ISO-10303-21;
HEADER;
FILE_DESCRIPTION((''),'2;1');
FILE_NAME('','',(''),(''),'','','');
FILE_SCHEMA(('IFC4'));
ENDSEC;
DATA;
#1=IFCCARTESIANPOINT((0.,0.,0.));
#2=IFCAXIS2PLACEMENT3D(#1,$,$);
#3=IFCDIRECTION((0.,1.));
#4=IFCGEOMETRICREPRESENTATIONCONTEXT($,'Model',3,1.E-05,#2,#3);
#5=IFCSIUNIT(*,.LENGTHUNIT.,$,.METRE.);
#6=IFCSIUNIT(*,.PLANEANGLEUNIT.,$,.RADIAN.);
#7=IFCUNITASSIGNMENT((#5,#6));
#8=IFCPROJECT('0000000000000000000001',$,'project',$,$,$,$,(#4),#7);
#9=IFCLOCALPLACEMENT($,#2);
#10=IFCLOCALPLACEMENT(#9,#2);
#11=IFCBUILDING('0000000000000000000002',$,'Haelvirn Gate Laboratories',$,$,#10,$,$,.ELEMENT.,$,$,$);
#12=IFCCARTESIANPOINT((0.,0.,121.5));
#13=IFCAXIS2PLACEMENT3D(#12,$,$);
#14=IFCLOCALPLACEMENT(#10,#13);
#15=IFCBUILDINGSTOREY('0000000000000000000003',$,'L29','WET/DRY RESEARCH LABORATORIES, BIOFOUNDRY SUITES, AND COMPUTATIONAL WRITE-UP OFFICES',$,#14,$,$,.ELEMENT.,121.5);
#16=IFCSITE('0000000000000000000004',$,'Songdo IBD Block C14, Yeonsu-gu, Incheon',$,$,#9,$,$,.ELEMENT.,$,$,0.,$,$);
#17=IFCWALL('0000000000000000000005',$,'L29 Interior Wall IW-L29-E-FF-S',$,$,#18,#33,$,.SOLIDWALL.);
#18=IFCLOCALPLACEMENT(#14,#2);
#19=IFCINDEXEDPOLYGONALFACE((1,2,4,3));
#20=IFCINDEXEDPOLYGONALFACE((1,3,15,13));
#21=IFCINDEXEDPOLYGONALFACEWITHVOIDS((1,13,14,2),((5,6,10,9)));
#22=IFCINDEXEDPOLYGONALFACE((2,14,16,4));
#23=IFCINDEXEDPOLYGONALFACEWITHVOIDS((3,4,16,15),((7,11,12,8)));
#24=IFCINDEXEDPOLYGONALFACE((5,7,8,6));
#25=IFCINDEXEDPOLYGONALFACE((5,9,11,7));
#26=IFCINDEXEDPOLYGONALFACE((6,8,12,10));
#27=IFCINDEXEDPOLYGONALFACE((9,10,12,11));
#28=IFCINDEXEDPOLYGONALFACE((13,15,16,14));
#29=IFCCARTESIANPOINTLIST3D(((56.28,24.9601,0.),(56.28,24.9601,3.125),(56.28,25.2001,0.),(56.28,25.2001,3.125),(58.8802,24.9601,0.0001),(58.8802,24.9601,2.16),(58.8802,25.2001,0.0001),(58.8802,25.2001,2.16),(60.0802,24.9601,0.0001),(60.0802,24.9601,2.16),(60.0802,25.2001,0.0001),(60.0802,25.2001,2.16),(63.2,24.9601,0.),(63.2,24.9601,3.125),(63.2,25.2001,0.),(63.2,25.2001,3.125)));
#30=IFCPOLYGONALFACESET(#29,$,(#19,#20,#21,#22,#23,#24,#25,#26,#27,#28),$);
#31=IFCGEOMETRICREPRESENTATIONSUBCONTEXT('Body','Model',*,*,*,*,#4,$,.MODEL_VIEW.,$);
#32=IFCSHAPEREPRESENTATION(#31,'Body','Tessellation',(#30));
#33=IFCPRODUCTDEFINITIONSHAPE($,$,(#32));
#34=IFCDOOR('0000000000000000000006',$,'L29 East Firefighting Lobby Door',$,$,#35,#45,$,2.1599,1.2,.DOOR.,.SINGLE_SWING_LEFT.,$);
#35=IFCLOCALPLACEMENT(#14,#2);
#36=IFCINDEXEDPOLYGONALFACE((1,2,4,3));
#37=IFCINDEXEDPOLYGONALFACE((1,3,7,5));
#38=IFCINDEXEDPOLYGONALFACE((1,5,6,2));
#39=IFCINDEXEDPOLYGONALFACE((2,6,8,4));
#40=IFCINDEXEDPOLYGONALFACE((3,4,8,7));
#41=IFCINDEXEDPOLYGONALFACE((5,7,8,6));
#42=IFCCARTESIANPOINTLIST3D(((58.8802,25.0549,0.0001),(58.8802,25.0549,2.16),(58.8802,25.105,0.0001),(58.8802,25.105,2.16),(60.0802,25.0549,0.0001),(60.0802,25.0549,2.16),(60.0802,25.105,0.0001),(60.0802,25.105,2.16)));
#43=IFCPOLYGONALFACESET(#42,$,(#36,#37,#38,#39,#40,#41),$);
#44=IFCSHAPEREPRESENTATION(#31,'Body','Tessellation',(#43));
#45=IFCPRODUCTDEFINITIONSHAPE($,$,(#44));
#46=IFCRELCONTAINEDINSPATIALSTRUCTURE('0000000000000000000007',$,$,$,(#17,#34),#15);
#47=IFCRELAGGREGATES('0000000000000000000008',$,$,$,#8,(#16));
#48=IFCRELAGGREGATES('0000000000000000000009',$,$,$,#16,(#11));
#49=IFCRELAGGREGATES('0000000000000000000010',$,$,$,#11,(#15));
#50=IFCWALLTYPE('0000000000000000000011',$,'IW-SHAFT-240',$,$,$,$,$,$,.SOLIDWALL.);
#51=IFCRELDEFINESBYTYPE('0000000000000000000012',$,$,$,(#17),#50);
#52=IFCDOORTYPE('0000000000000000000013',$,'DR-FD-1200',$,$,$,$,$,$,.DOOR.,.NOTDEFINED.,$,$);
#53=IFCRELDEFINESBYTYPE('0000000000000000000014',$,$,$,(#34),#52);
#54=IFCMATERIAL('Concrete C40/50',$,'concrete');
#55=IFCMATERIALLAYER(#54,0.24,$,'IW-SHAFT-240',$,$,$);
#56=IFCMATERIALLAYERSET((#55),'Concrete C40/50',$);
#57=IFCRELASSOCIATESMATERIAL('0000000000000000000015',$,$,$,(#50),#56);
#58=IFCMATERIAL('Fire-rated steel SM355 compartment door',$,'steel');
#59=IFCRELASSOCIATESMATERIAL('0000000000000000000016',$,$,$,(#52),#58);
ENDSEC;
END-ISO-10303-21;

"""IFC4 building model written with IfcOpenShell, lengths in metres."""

from ifc_helpers import new_model, si_unit, direction, frame, frame_2d, origin, place, context, subcontext, project, spatial, rectangle, extrude, source, transform, mapped, material, layer, layer_set, type_object, type_shapes, element, fill, save


model = new_model("IFC4")

# Units and contexts
model_context = context("Model", 3, precision=1e-05, world=origin(), true_north=direction((0.0, 1.0)))
body_context = subcontext(model_context, "Body", "Model", "MODEL_VIEW")
ifc_project = project(units=[si_unit("LENGTHUNIT", "METRE"), si_unit("PLANEANGLEUNIT", "RADIAN")], contexts=[model_context])

# Site, building, storey
site_placement = place(None, origin())
site = spatial("IfcSite", under=ifc_project, at=site_placement, Name="Songdo IBD Block C14, Yeonsu-gu, Incheon", CompositionType="ELEMENT", RefElevation=0.0)
building_placement = place(site_placement, origin())
building = spatial("IfcBuilding", under=site, at=building_placement, Name="Haelvirn Gate Laboratories", CompositionType="ELEMENT")
storey_placement = place(building_placement, frame((0.0, 0.0, 121.5)))
storey = spatial("IfcBuildingStorey", under=building, at=storey_placement, Name="L29", Description="WET/DRY RESEARCH LABORATORIES, BIOFOUNDRY SUITES, AND COMPUTATIONAL WRITE-UP OFFICES", CompositionType="ELEMENT", Elevation=121.5)

# Shared definitions
ifc_material_1 = material(Name="Concrete C40/50", Category="concrete")

# Wall, opening, door
ifc_layer_1 = layer(ifc_material_1, 0.24, Name="IW-SHAFT-240")
ifc_layer_set_1 = layer_set([ifc_layer_1], Name="Concrete C40/50")
wall_type_1 = type_object("IfcWallType", Name="IW-SHAFT-240", PredefinedType="SOLIDWALL", material=ifc_layer_set_1)
wall_1_placement = place(storey_placement, frame((56.28, 25.0801, 0.0), z_axis=(0.0, 0.0, 1.0), x_axis=(1.0, 0.0, 0.0)))
wall_1 = element("IfcWall", 1, at=wall_1_placement, inside=storey, type_object=wall_type_1, Name="L29 Interior Wall IW-L29-E-FF-S", PredefinedType="SOLIDWALL", context=body_context, shape_type="SweptSolid", body=[
    extrude(rectangle(XDim=6.9199, YDim=0.24, at=frame_2d((3.46, 0.0))), origin(), (0.0, 0.0, 1.0), 3.125),
])
opening_1_placement = place(wall_1_placement, frame((2.6001, 0.0, 0.0)))
opening_1 = element("IfcOpeningElement", 2, at=opening_1_placement, cuts=wall_1, PredefinedType="OPENING", context=body_context, shape_type="SweptSolid", body=[
    extrude(rectangle(XDim=1.2, YDim=2.1599, at=frame_2d((0.6001, 1.0801))), frame((0.0, 0.1299, 0.0), z_axis=(0.0, -1.0, 0.0), x_axis=(1.0, 0.0, 0.0)), (0.0, 0.0, 1.0), 0.26),
])
ifc_material_2 = material(Name="Fire-rated steel SM355 compartment door", Category="steel")
door_type_1 = type_object("IfcDoorType", Name="DR-FD-1200", OperationType="NOTDEFINED", PredefinedType="DOOR", material=ifc_material_2)
shared_shape_1 = source(origin(), body_context, "Body", "SweptSolid", [
    extrude(rectangle(XDim=1.2, YDim=2.1599, at=frame_2d((0.6001, 1.0801))), frame((0.0, 0.0249, 0.0), z_axis=(0.0, -1.0, 0.0), x_axis=(1.0, 0.0, 0.0)), (0.0, 0.0, 1.0), 0.05),
])
type_shapes(door_type_1, [shared_shape_1])
door_1_placement = place(opening_1_placement, origin())
door_1 = element("IfcDoor", 3, at=door_1_placement, inside=storey, type_object=door_type_1, Name="L29 East Firefighting Lobby Door", OperationType="SINGLE_SWING_LEFT", OverallHeight=2.1599, OverallWidth=1.2, PredefinedType="DOOR", context=body_context, shape_type="MappedRepresentation", body=[
    mapped(shared_shape_1, transform((0.0, 0.0, 0.0), scale=1.0)),
])
fill(opening_1, door_1)

save(model, "model.ifc")
